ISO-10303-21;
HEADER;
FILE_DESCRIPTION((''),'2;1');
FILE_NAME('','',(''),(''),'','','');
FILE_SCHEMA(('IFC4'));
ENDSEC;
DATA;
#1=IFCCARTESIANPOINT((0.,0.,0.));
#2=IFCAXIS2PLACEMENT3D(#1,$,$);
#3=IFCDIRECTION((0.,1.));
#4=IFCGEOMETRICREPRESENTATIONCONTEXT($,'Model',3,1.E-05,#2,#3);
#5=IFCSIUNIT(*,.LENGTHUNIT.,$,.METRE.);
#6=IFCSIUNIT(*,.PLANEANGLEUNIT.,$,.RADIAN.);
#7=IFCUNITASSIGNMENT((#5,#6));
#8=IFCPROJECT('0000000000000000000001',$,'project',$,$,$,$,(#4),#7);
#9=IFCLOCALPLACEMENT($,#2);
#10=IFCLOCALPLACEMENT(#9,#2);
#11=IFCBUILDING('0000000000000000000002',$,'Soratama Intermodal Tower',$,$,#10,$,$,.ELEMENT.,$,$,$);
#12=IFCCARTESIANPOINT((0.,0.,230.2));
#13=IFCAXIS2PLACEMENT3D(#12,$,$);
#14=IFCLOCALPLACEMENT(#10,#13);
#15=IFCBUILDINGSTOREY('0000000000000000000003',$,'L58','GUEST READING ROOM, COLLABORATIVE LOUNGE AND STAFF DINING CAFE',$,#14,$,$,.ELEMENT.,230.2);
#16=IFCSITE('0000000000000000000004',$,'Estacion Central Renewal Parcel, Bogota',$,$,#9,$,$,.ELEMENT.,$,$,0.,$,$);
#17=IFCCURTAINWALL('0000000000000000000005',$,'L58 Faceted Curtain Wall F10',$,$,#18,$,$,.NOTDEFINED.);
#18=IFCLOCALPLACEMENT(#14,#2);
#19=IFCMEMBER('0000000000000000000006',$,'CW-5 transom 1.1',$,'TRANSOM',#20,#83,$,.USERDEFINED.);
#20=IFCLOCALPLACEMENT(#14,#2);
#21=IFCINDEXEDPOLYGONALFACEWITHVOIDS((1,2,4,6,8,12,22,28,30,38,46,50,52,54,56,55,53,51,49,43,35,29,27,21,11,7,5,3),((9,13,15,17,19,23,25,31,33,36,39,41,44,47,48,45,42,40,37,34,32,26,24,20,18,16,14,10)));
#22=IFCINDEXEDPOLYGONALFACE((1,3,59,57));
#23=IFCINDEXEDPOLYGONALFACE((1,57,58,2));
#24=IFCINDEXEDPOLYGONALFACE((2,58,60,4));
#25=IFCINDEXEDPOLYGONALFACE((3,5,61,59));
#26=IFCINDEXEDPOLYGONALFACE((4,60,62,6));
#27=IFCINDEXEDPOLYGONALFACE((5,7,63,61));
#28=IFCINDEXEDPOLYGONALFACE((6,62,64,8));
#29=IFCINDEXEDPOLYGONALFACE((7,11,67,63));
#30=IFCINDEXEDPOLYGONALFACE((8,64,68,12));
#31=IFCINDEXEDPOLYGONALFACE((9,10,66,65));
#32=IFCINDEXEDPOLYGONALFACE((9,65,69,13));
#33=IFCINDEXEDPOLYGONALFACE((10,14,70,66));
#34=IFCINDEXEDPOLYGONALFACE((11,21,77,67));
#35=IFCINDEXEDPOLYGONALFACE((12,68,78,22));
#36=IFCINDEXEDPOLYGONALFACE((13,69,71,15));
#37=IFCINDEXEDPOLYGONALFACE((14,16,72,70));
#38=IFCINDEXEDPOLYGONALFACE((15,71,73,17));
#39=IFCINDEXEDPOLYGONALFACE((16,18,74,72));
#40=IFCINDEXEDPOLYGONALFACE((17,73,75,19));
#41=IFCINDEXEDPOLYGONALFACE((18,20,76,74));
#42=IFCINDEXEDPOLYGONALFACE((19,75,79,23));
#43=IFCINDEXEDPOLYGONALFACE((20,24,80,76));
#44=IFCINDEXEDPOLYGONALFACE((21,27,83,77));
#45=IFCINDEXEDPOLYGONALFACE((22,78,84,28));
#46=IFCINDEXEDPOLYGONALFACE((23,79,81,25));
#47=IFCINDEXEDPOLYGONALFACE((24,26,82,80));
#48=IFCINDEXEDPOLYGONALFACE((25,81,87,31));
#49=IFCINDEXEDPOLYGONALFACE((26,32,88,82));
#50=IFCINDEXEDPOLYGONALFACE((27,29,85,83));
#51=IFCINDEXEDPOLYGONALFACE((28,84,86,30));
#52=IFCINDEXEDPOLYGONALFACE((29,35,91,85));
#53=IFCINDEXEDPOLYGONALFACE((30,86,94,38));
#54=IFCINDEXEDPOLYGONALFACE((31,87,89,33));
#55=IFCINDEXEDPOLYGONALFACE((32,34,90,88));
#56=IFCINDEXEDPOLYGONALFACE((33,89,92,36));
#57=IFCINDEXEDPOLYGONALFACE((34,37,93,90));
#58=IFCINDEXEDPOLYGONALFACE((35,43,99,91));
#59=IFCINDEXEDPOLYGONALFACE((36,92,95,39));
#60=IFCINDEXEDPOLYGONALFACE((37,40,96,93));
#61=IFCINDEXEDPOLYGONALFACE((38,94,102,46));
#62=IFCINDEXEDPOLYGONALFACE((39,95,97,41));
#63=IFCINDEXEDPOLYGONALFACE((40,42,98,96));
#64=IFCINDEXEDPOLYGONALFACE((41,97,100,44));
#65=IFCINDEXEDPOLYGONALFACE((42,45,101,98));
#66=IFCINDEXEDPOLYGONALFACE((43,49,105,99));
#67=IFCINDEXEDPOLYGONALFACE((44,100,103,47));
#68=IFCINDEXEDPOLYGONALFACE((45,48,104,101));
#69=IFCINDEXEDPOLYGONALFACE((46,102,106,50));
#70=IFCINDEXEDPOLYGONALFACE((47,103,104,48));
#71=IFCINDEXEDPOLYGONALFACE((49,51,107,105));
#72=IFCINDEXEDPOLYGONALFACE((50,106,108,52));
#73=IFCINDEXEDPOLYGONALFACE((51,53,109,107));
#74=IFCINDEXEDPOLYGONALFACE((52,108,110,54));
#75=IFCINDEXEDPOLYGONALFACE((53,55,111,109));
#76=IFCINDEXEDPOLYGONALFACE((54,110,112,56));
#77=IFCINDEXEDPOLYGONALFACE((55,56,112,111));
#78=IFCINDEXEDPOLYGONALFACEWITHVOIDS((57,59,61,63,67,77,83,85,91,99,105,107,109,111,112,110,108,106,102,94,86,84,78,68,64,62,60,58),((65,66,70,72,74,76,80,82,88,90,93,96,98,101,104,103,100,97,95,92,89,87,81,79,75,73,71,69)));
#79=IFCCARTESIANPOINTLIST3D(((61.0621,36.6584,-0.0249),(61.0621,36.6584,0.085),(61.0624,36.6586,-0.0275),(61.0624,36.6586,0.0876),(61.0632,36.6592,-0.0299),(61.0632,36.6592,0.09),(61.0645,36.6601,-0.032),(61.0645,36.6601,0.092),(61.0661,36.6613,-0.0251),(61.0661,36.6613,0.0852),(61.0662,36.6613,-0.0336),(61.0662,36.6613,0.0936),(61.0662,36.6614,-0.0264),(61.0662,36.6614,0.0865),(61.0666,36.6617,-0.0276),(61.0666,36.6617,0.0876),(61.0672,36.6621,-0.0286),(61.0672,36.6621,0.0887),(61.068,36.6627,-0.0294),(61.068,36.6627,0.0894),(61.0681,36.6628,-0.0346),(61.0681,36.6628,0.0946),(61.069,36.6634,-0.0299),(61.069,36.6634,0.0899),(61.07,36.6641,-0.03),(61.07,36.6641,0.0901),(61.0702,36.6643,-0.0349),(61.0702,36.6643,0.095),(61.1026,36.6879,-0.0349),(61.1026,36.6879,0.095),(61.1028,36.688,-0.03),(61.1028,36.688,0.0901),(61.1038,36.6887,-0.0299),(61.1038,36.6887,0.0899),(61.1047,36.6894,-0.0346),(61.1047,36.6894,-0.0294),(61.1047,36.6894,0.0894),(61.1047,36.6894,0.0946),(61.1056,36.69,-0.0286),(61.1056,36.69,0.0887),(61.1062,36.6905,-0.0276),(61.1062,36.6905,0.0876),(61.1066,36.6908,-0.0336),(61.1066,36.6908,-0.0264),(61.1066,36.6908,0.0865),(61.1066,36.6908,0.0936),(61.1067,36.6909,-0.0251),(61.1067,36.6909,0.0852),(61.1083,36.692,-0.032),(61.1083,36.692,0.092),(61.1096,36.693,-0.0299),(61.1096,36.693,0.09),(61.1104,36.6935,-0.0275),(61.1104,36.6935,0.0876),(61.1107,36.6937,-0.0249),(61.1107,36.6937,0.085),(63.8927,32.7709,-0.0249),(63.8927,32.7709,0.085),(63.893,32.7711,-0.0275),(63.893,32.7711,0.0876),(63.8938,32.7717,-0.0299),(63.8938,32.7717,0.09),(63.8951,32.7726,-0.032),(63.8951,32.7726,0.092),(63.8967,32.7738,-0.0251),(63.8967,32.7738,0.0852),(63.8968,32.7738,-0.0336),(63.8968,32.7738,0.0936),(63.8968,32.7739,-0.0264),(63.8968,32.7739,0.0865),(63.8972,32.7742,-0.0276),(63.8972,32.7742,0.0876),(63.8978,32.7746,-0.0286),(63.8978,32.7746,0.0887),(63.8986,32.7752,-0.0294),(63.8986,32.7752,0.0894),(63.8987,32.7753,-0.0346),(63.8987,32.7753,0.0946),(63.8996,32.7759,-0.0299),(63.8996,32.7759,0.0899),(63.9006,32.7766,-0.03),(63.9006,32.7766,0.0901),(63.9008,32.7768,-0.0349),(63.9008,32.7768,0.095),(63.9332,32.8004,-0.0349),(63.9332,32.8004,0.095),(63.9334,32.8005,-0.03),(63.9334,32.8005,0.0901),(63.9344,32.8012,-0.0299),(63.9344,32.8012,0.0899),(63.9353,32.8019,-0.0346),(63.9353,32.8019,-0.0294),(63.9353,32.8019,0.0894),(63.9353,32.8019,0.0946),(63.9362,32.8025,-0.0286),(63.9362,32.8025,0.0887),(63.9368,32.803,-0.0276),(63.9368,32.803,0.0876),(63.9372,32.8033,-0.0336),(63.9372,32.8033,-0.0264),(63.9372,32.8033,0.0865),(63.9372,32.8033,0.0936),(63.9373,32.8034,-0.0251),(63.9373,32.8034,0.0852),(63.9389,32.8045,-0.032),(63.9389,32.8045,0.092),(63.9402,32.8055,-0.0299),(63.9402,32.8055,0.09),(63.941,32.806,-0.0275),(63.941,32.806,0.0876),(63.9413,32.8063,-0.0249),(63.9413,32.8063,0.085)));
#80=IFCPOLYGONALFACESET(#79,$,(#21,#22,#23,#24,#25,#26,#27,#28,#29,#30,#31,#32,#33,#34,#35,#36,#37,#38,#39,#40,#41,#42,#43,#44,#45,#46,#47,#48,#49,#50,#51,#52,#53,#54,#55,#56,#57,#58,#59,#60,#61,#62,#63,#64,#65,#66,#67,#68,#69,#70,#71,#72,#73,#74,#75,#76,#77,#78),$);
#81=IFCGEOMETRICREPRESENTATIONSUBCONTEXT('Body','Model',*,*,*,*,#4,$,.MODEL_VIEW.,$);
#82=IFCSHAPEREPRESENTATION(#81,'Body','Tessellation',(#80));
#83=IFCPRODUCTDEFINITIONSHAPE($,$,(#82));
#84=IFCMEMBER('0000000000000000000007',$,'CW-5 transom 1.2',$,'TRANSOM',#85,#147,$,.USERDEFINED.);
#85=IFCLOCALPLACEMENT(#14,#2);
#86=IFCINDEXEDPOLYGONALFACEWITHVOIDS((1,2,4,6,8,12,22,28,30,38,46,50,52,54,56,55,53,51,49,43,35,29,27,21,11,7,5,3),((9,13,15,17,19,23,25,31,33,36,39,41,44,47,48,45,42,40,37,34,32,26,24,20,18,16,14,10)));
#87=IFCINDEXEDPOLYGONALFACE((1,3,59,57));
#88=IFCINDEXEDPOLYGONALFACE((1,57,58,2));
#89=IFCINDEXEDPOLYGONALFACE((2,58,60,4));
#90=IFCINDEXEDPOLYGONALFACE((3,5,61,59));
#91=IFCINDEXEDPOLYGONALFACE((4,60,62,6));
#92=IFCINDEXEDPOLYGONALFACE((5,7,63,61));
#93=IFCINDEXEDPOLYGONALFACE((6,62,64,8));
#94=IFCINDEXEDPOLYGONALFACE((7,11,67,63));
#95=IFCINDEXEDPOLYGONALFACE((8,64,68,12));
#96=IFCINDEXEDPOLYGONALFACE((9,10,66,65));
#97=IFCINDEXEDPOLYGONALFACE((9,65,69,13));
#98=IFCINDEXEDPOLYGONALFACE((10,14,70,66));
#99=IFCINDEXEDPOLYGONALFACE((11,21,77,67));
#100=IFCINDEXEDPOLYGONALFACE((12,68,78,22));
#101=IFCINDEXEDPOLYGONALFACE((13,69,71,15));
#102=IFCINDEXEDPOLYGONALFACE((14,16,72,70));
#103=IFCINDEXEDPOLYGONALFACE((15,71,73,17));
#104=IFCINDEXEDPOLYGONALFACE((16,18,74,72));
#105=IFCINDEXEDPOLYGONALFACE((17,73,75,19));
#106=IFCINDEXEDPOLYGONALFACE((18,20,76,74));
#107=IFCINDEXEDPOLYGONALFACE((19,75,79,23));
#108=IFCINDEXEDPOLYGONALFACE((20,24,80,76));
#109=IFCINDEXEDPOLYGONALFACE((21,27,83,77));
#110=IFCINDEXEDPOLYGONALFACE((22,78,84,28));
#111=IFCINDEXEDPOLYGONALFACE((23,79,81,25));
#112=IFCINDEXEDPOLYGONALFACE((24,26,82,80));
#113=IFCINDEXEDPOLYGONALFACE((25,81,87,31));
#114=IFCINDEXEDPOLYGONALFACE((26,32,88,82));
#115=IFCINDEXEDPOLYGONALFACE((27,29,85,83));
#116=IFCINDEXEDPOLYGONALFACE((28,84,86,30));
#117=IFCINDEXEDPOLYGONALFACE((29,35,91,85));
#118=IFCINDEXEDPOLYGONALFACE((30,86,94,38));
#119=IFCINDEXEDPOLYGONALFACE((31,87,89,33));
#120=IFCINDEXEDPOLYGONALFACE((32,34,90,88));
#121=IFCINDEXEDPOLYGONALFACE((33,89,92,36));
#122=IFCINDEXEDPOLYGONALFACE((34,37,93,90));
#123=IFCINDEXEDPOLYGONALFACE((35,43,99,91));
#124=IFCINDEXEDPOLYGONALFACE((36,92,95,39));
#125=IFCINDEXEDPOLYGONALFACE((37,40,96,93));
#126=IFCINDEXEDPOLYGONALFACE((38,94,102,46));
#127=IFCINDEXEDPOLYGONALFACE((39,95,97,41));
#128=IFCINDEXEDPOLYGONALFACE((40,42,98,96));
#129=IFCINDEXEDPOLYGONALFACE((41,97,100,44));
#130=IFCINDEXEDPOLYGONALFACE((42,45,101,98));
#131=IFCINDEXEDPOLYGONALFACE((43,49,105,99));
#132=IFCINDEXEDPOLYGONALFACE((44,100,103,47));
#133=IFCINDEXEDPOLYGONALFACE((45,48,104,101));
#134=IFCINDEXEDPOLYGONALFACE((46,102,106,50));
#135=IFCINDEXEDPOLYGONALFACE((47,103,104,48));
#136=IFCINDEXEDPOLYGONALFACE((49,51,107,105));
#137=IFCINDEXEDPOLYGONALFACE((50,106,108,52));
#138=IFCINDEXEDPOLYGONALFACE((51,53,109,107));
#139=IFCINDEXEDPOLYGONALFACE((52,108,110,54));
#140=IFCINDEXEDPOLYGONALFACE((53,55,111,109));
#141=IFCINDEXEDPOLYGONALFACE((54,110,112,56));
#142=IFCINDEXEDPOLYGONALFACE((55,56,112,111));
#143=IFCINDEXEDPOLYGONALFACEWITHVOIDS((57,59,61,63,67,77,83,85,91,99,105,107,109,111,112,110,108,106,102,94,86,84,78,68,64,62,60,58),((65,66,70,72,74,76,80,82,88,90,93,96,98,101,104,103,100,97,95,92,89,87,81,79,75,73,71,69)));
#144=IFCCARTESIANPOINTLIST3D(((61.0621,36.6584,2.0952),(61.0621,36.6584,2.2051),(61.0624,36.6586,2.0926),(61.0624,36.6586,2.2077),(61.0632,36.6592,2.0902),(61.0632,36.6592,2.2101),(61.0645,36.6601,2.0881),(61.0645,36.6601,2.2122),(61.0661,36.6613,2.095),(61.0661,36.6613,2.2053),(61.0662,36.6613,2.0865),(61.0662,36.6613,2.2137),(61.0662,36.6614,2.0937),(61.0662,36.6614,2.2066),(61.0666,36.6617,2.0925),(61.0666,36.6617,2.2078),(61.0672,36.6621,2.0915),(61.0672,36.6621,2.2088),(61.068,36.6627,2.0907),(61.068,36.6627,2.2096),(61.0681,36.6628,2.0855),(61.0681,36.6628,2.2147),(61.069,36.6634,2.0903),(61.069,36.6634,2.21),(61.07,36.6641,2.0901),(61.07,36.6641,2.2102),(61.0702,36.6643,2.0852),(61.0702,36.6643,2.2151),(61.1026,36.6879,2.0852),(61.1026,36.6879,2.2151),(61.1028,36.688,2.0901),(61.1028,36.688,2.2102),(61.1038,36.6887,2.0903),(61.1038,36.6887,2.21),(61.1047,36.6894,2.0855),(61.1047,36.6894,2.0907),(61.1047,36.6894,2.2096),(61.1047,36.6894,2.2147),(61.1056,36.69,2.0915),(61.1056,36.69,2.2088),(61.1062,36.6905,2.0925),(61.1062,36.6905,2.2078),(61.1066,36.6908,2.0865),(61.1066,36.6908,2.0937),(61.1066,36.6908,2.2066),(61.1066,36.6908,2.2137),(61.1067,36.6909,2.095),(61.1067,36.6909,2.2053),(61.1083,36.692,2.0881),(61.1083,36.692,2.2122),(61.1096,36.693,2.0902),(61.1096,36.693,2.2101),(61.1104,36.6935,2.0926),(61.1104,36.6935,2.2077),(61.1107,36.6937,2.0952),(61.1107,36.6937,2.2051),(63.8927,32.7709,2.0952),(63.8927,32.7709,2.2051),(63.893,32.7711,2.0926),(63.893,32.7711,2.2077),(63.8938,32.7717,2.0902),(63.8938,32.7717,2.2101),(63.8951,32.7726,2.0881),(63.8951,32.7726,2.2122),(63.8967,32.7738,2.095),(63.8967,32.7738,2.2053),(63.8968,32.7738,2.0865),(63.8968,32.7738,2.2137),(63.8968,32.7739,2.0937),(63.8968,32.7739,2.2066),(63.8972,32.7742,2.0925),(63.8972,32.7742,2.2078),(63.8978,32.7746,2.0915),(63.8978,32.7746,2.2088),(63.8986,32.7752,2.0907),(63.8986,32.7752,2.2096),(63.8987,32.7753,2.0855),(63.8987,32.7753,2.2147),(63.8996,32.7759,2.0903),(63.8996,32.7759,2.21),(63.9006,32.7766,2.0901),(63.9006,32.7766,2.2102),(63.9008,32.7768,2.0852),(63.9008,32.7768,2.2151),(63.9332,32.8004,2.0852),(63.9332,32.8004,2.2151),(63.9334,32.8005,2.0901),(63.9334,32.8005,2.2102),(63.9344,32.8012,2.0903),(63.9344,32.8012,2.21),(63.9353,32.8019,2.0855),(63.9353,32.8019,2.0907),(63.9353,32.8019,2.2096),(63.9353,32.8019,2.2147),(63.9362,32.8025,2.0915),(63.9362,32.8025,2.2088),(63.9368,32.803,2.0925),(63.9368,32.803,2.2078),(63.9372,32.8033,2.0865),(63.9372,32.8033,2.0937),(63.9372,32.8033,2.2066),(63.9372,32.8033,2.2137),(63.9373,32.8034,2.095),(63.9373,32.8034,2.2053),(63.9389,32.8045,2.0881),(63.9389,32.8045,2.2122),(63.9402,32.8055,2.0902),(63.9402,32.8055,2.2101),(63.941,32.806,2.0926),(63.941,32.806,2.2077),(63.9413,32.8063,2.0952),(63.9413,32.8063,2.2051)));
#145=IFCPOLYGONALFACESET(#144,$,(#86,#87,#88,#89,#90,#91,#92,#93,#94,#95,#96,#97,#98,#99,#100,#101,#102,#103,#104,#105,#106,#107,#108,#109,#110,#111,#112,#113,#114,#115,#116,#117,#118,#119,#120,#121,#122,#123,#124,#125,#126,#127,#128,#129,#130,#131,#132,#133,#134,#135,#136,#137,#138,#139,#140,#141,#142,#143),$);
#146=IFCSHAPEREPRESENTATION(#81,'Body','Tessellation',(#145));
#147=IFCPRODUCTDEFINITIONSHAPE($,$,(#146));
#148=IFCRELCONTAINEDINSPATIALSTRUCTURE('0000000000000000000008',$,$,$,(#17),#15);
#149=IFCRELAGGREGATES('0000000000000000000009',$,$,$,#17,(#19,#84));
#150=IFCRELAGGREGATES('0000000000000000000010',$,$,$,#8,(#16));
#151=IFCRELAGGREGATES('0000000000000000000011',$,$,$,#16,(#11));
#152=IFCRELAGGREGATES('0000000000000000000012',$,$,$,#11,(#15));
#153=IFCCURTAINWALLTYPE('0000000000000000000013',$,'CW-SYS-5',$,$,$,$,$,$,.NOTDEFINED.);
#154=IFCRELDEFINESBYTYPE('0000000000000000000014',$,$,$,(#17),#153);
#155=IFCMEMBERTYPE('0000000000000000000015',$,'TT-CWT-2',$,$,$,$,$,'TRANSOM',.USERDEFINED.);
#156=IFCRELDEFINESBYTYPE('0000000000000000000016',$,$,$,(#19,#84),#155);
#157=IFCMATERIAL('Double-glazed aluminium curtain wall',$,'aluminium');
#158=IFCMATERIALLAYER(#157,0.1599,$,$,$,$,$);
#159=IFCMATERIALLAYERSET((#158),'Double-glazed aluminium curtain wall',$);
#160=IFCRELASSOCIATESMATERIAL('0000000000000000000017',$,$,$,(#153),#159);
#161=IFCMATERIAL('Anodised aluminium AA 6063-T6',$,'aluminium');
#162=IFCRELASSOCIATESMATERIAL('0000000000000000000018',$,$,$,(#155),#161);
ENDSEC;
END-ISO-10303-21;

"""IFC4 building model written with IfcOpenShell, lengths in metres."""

from ifc_helpers import new_model, si_unit, direction, frame, origin, origin_2d, place, context, subcontext, project, spatial, hollow_rectangle, extrude, material, layer, layer_set, material_profile, profile_set, type_object, element, aggregate, save


model = new_model("IFC4")

# Units and contexts
model_context = context("Model", 3, precision=1e-05, world=origin(), true_north=direction((0.0, 1.0)))
body_context = subcontext(model_context, "Body", "Model", "MODEL_VIEW")
ifc_project = project(units=[si_unit("LENGTHUNIT", "METRE"), si_unit("PLANEANGLEUNIT", "RADIAN")], contexts=[model_context])

# Site, building, storey
site_placement = place(None, origin())
site = spatial("IfcSite", under=ifc_project, at=site_placement, Name="Estacion Central Renewal Parcel, Bogota", CompositionType="ELEMENT", RefElevation=0.0)
building_placement = place(site_placement, origin())
building = spatial("IfcBuilding", under=site, at=building_placement, Name="Soratama Intermodal Tower", CompositionType="ELEMENT")
storey_placement = place(building_placement, frame((0.0, 0.0, 230.2)))
storey = spatial("IfcBuildingStorey", under=building, at=storey_placement, Name="L58", Description="GUEST READING ROOM, COLLABORATIVE LOUNGE AND STAFF DINING CAFE", CompositionType="ELEMENT", Elevation=230.2)

# Curtain wall, members
ifc_material_1 = material(Name="Double-glazed aluminium curtain wall", Category="aluminium")
ifc_layer_1 = layer(ifc_material_1, 0.1599)
ifc_layer_set_1 = layer_set([ifc_layer_1], Name="Double-glazed aluminium curtain wall")
curtain_wall_type = type_object("IfcCurtainWallType", Name="CW-SYS-5", PredefinedType="NOTDEFINED", material=ifc_layer_set_1)
curtain_wall_placement = place(storey_placement, origin())
curtain_wall = element("IfcCurtainWall", 1, at=curtain_wall_placement, inside=storey, type_object=curtain_wall_type, Name="L58 Faceted Curtain Wall F10", PredefinedType="NOTDEFINED")
ifc_material_2 = material(Name="Anodised aluminium AA 6063-T6", Category="aluminium")
ifc_material_profile_1 = material_profile(ifc_material_2, hollow_rectangle(XDim=0.0601, YDim=0.1299, WallThickness=0.0049, InnerFilletRadius=0.0049, OuterFilletRadius=0.01, at=origin_2d()), Name="CWT130X60X5")
ifc_profile_set_1 = profile_set([ifc_material_profile_1], Name="Anodised aluminium AA 6063-T6")
member_type_1 = type_object("IfcMemberType", Name="TT-CWT-2", ElementType="TRANSOM", PredefinedType="USERDEFINED", material=ifc_profile_set_1)
member_1_placement = place(storey_placement, frame((63.917, 32.7886, 0.03), z_axis=(-0.588624, 0.808407, 0.0), x_axis=(-0.808407, -0.588624, 0.0)))
member_1 = element("IfcMember", 2, at=member_1_placement, type_object=member_type_1, Name="CW-5 transom 1.1", ObjectType="TRANSOM", PredefinedType="USERDEFINED", context=body_context, shape_type="SweptSolid", body=[
    extrude(hollow_rectangle(XDim=0.0601, YDim=0.1299, WallThickness=0.0049, InnerFilletRadius=0.0049, OuterFilletRadius=0.01, at=origin_2d()), origin(), (0.0, 0.0, 1.0), 4.8088),
])
member_2_placement = place(storey_placement, frame((63.917, 32.7886, 2.1501), z_axis=(-0.588624, 0.808407, 0.0), x_axis=(-0.808407, -0.588624, 0.0)))
member_2 = element("IfcMember", 3, at=member_2_placement, type_object=member_type_1, Name="CW-5 transom 1.2", ObjectType="TRANSOM", PredefinedType="USERDEFINED", context=body_context, shape_type="SweptSolid", body=[
    extrude(hollow_rectangle(XDim=0.0601, YDim=0.1299, WallThickness=0.0049, InnerFilletRadius=0.0049, OuterFilletRadius=0.01, at=origin_2d()), origin(), (0.0, 0.0, 1.0), 4.8088),
])
aggregate(curtain_wall, [member_1, member_2])

save(model, "model.ifc")
